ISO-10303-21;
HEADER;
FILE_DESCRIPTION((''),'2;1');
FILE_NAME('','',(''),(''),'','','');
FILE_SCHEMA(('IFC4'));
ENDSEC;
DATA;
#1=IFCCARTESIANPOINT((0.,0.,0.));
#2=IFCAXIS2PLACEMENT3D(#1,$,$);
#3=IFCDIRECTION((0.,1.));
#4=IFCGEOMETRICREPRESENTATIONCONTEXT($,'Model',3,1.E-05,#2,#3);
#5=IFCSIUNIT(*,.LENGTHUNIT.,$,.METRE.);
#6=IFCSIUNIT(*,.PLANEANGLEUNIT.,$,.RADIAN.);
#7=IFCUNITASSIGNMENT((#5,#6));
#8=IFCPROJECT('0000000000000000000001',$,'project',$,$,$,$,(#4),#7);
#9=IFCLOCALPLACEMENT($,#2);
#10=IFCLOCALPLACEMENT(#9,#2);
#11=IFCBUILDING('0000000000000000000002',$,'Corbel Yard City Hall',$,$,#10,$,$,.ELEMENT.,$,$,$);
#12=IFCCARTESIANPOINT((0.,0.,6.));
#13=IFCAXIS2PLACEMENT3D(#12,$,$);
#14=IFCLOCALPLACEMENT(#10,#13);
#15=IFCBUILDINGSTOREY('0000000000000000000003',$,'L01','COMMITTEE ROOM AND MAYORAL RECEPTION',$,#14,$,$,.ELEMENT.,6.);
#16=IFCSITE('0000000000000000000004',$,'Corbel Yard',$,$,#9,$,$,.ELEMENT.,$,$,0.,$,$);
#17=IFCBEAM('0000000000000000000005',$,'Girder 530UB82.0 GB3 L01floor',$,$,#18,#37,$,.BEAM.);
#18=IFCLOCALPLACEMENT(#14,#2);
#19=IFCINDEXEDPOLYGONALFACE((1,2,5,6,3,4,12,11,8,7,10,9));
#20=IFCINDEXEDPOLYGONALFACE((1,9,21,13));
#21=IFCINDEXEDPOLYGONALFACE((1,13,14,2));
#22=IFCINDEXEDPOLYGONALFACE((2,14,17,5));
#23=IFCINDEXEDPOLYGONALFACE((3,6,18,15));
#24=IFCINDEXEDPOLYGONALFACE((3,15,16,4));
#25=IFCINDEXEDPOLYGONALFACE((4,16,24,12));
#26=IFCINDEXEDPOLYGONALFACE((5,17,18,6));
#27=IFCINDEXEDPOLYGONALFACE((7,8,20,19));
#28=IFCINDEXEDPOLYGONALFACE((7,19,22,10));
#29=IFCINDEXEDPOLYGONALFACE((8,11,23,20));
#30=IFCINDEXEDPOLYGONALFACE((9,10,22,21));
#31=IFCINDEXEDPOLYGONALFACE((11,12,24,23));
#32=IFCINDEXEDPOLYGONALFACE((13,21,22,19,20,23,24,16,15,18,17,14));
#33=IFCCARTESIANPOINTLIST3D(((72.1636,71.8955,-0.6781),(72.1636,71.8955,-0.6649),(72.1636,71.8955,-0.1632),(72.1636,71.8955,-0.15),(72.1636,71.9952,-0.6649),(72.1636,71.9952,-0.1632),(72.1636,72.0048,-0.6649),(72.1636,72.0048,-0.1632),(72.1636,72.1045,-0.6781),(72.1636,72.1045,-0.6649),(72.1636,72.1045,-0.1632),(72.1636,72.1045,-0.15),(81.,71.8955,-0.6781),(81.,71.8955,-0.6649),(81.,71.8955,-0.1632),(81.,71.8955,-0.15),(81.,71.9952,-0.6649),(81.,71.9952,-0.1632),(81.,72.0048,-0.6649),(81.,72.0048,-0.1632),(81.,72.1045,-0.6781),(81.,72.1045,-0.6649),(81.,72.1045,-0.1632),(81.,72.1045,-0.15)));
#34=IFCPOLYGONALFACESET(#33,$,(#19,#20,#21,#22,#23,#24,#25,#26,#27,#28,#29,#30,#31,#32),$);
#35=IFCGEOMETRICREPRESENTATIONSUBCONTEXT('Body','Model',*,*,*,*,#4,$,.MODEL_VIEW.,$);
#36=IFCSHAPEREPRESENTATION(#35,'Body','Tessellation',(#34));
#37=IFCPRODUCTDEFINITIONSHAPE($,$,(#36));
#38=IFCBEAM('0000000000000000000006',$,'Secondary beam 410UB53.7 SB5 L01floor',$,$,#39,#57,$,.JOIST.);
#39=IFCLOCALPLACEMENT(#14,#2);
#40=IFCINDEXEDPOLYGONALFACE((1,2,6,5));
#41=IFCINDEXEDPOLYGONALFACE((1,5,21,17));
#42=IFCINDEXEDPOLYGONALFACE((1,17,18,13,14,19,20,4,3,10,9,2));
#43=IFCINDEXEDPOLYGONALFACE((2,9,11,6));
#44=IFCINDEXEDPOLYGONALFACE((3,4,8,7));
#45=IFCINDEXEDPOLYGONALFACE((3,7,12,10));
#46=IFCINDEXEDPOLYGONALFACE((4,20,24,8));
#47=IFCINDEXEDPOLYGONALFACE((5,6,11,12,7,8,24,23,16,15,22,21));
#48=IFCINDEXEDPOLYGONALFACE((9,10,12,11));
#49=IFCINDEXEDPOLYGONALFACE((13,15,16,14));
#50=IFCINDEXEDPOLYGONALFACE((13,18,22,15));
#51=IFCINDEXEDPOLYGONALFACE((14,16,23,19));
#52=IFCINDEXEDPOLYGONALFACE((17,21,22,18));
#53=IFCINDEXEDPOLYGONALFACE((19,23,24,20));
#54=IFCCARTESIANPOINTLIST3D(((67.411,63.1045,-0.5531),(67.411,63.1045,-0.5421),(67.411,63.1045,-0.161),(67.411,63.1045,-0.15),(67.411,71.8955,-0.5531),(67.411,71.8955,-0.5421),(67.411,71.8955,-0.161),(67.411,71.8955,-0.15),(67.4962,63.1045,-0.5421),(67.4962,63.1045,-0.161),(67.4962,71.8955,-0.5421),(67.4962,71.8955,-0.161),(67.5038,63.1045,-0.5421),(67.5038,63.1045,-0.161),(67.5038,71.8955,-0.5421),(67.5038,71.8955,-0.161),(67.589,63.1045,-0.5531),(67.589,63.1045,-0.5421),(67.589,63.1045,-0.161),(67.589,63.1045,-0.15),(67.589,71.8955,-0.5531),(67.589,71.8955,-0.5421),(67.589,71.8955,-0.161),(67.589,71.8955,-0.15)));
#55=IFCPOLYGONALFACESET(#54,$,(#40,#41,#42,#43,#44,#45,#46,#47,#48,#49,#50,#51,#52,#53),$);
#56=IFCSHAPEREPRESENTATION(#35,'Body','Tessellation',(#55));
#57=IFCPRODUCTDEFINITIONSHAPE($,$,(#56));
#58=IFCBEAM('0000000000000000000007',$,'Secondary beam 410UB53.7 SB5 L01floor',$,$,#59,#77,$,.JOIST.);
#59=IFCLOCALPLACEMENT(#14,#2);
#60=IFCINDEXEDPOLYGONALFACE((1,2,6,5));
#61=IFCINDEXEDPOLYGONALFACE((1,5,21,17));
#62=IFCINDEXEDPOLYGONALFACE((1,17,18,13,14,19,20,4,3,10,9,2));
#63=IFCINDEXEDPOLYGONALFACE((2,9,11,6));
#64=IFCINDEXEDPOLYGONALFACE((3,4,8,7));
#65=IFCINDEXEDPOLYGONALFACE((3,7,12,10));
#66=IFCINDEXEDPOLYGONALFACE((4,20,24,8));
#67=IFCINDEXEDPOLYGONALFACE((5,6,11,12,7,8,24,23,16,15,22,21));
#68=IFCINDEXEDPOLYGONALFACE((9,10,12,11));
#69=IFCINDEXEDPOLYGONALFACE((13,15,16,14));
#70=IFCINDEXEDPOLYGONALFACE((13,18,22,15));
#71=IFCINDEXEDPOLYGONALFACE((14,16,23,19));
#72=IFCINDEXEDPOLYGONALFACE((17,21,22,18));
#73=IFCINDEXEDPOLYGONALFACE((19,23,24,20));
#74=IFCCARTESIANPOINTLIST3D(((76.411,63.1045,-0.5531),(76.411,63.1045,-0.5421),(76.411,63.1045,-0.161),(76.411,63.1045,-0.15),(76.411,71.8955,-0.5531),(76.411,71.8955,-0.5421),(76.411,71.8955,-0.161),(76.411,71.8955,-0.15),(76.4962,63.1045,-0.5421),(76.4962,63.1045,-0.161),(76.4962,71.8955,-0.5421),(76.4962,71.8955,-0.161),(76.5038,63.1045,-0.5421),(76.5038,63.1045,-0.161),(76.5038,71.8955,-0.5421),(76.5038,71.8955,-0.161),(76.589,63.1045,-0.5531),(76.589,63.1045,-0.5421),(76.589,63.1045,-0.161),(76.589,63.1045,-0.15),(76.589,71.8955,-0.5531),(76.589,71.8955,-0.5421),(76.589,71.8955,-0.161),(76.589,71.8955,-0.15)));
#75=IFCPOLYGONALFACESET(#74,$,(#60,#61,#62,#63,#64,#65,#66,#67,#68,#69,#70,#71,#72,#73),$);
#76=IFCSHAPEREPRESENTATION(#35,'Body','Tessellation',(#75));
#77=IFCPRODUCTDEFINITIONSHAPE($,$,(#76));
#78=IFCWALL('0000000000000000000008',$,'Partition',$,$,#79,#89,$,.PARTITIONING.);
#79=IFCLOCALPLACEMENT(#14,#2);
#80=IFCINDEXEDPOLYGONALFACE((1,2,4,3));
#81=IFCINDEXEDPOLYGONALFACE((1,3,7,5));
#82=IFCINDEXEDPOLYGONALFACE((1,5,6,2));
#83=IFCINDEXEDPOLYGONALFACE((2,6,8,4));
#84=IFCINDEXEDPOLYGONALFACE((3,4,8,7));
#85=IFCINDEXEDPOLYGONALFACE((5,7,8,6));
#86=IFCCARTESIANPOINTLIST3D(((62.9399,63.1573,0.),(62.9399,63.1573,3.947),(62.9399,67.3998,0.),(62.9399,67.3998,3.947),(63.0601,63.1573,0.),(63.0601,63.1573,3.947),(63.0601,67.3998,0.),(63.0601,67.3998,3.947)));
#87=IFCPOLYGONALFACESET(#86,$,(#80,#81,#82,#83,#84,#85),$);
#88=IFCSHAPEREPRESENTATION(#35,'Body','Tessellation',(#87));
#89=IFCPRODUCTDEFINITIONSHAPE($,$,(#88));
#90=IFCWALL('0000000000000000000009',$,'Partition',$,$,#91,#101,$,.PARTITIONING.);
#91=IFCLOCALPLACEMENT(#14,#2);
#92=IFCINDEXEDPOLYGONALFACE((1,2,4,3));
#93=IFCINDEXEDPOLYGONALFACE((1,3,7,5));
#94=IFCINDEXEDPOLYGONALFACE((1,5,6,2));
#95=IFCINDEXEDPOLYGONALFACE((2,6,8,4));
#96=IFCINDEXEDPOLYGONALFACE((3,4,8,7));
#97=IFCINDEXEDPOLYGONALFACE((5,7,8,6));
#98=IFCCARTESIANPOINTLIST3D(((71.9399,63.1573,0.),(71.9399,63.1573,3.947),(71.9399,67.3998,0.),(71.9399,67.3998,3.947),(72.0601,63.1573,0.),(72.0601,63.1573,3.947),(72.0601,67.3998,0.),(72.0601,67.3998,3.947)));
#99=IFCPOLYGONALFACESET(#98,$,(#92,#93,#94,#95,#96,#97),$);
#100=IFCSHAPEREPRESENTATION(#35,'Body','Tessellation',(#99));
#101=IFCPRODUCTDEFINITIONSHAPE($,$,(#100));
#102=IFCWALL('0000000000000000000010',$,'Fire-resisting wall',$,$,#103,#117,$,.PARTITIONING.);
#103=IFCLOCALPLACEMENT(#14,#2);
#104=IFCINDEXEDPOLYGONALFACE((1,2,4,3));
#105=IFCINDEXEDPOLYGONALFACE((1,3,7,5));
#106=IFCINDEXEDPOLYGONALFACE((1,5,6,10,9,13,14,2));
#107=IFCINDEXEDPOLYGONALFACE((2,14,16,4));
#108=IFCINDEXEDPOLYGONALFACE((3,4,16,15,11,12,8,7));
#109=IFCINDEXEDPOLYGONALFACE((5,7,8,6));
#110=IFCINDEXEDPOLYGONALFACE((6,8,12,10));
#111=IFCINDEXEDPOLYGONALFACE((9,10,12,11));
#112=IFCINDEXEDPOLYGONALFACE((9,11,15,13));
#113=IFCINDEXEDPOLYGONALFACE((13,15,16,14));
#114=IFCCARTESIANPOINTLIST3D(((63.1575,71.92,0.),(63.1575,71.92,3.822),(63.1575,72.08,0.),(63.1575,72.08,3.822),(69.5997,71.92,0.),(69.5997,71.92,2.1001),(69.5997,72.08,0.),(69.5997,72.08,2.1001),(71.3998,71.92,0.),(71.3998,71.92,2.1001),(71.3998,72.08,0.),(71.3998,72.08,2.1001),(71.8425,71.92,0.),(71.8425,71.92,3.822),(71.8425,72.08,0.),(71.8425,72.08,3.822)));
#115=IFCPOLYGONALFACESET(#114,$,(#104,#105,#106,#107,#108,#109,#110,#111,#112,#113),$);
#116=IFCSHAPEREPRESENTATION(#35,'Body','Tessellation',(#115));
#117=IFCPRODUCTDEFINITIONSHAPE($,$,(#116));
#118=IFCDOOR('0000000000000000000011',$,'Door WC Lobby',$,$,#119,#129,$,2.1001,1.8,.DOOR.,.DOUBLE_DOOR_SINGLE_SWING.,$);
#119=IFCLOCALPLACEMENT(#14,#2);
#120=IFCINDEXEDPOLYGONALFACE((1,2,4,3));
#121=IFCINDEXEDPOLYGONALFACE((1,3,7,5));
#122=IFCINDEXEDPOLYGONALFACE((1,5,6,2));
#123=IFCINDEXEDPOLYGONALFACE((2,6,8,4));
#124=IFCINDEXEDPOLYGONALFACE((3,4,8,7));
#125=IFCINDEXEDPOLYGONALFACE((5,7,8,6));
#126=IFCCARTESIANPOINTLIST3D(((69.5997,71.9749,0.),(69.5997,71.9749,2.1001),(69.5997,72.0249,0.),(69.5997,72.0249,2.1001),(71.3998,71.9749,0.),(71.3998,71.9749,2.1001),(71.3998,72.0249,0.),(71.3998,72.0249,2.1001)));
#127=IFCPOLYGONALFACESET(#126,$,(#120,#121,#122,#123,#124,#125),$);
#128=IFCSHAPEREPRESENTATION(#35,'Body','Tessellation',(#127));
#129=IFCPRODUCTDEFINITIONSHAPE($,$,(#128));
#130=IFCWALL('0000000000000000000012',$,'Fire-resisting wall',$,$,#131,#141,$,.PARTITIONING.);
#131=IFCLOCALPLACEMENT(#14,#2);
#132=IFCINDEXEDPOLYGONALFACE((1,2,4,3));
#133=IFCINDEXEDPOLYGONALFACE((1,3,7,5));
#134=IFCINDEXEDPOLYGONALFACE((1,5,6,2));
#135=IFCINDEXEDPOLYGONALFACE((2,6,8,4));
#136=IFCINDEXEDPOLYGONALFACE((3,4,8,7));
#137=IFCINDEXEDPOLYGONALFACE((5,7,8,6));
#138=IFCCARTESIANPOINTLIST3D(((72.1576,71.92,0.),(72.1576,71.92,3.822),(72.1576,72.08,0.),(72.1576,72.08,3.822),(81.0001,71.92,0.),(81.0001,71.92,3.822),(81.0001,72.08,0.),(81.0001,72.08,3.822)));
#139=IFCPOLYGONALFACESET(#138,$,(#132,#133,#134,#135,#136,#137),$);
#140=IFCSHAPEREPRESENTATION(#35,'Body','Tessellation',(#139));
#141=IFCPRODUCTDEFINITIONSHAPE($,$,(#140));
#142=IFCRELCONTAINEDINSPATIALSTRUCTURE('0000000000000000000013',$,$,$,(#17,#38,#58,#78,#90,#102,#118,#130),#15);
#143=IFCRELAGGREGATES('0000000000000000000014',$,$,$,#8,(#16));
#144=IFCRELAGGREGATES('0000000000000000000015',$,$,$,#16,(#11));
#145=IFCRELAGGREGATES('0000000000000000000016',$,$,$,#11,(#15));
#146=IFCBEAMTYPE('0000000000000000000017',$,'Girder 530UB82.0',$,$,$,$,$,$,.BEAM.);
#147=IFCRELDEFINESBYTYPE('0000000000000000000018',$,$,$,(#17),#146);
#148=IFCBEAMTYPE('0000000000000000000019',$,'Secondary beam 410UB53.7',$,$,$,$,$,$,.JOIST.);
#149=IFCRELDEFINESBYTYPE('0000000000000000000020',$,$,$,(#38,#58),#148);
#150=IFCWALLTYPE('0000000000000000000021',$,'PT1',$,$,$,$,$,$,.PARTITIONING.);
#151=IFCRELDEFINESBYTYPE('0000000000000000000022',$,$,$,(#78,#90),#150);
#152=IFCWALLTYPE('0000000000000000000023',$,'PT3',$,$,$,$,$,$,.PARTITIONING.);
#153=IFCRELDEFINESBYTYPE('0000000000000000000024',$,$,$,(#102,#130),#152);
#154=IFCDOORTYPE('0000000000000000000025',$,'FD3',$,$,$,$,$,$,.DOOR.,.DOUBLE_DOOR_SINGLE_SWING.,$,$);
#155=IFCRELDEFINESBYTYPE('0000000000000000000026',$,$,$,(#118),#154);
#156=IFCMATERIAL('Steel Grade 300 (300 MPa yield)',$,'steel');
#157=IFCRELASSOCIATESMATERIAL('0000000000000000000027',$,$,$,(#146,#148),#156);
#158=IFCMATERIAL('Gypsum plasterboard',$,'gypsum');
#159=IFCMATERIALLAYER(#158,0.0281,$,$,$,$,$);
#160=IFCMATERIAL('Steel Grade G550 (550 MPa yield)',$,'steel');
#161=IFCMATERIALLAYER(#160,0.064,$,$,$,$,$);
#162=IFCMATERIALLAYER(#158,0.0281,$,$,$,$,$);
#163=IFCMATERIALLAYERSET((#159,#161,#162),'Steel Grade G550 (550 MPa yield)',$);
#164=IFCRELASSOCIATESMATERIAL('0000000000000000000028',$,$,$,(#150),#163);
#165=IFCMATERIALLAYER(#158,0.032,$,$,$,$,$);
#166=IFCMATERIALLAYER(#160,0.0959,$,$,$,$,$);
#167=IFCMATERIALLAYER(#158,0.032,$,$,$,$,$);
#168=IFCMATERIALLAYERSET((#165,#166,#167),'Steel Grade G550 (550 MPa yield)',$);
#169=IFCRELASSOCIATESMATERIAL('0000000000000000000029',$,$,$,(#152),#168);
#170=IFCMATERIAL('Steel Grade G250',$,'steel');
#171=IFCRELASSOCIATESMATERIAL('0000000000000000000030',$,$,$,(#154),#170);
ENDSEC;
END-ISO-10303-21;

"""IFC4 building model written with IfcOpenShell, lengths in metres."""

from ifc_helpers import new_model, si_unit, direction, frame, frame_2d, origin, origin_2d, place, context, subcontext, project, spatial, rectangle, i_section, extrude, material, layer, layer_set, material_profile, profile_set, type_object, element, fill, save


model = new_model("IFC4")

# Units and contexts
model_context = context("Model", 3, precision=1e-05, world=origin(), true_north=direction((0.0, 1.0)))
body_context = subcontext(model_context, "Body", "Model", "MODEL_VIEW")
ifc_project = project(units=[si_unit("LENGTHUNIT", "METRE"), si_unit("PLANEANGLEUNIT", "RADIAN")], contexts=[model_context])

# Site, building, storey
site_placement = place(None, origin())
site = spatial("IfcSite", under=ifc_project, at=site_placement, Name="Corbel Yard", CompositionType="ELEMENT", RefElevation=0.0)
building_placement = place(site_placement, origin())
building = spatial("IfcBuilding", under=site, at=building_placement, Name="Corbel Yard City Hall", CompositionType="ELEMENT")
storey_placement = place(building_placement, frame((0.0, 0.0, 6.0)))
storey = spatial("IfcBuildingStorey", under=building, at=storey_placement, Name="L01", Description="COMMITTEE ROOM AND MAYORAL RECEPTION", CompositionType="ELEMENT", Elevation=6.0)

# Shared definitions
ifc_material_1 = material(Name="Steel Grade 300 (300 MPa yield)", Category="steel")

# Beams
ifc_material_profile_1 = material_profile(ifc_material_1, i_section(OverallWidth=0.209, OverallDepth=0.5281, WebThickness=0.0095, FlangeThickness=0.0132, at=origin_2d()), Name="530UB82.0")
ifc_profile_set_1 = profile_set([ifc_material_profile_1], Name="Steel Grade 300 (300 MPa yield)")
beam_type_1 = type_object("IfcBeamType", Name="Girder 530UB82.0", PredefinedType="BEAM", material=ifc_profile_set_1)
beam_1_placement = place(storey_placement, frame((72.1636, 72.0, -0.4141), z_axis=(1.0, 0.0, 0.0), x_axis=(0.0, 1.0, 0.0)))
element("IfcBeam", 1, at=beam_1_placement, inside=storey, type_object=beam_type_1, Name="Girder 530UB82.0 GB3 L01floor", PredefinedType="BEAM", context=body_context, shape_type="SweptSolid", body=[
    extrude(i_section(OverallWidth=0.209, OverallDepth=0.5281, WebThickness=0.0095, FlangeThickness=0.0132, at=origin_2d()), origin(), (0.0, 0.0, 1.0), 8.8364),
])
ifc_material_profile_2 = material_profile(ifc_material_1, i_section(OverallWidth=0.178, OverallDepth=0.4031, WebThickness=0.0076, FlangeThickness=0.011, at=origin_2d()), Name="410UB53.7")
ifc_profile_set_2 = profile_set([ifc_material_profile_2], Name="Steel Grade 300 (300 MPa yield)")
beam_type_2 = type_object("IfcBeamType", Name="Secondary beam 410UB53.7", PredefinedType="JOIST", material=ifc_profile_set_2)
for number, where, z_axis, x_axis, name in (
    (2, (67.5, 63.1045, -0.3516), (0.0, 1.0, 0.0), (-1.0, 0.0, 0.0), "Secondary beam 410UB53.7 SB5 L01floor"),
    (3, (76.5, 63.1045, -0.3516), (0.0, 1.0, 0.0), (-1.0, 0.0, 0.0), "Secondary beam 410UB53.7 SB5 L01floor"),
):
    element("IfcBeam", number, at=place(storey_placement, frame(where, z_axis=z_axis, x_axis=x_axis)), inside=storey, type_object=beam_type_2, Name=name, PredefinedType="JOIST", context=body_context, shape_type="SweptSolid", body=[
        extrude(i_section(OverallWidth=0.178, OverallDepth=0.4031, WebThickness=0.0076, FlangeThickness=0.011, at=origin_2d()), origin(), (0.0, 0.0, 1.0), 8.791),
    ])

# Walls
ifc_material_2 = material(Name="Gypsum plasterboard", Category="gypsum")
ifc_layer_1 = layer(ifc_material_2, 0.0281)
ifc_material_3 = material(Name="Steel Grade G550 (550 MPa yield)", Category="steel")
ifc_layer_2 = layer(ifc_material_3, 0.064)
ifc_layer_3 = layer(ifc_material_2, 0.0281)
ifc_layer_set_1 = layer_set([ifc_layer_1, ifc_layer_2, ifc_layer_3], Name="Steel Grade G550 (550 MPa yield)")
wall_type_1 = type_object("IfcWallType", Name="PT1", PredefinedType="PARTITIONING", material=ifc_layer_set_1)
for number, where, z_axis, x_axis, name in (
    (4, (63.0, 63.1575, 0.0), (0.0, 0.0, 1.0), (0.0, 1.0, 0.0), "Partition"),
    (5, (72.0, 63.1575, 0.0), (0.0, 0.0, 1.0), (0.0, 1.0, 0.0), "Partition"),
):
    element("IfcWall", number, at=place(storey_placement, frame(where, z_axis=z_axis, x_axis=x_axis)), inside=storey, type_object=wall_type_1, Name=name, PredefinedType="PARTITIONING", context=body_context, shape_type="SweptSolid", body=[
        extrude(rectangle(XDim=4.2424, YDim=0.1201, at=frame_2d((2.1211, 0.0))), origin(), (0.0, 0.0, 1.0), 3.947),
    ])

# Wall, opening, door
ifc_layer_4 = layer(ifc_material_2, 0.032)
ifc_layer_5 = layer(ifc_material_3, 0.0959)
ifc_layer_6 = layer(ifc_material_2, 0.032)
ifc_layer_set_2 = layer_set([ifc_layer_4, ifc_layer_5, ifc_layer_6], Name="Steel Grade G550 (550 MPa yield)")
wall_type_2 = type_object("IfcWallType", Name="PT3", PredefinedType="PARTITIONING", material=ifc_layer_set_2)
wall_1_placement = place(storey_placement, frame((63.1575, 72.0, 0.0), z_axis=(0.0, 0.0, 1.0), x_axis=(1.0, 0.0, 0.0)))
wall_1 = element("IfcWall", 6, at=wall_1_placement, inside=storey, type_object=wall_type_2, Name="Fire-resisting wall", PredefinedType="PARTITIONING", context=body_context, shape_type="SweptSolid", body=[
    extrude(rectangle(XDim=8.6851, YDim=0.1599, at=frame_2d((4.3425, 0.0))), origin(), (0.0, 0.0, 1.0), 3.822),
])
opening_placement = place(wall_1_placement, frame((6.4424, 0.0, 0.0)))
opening = element("IfcOpeningElement", 7, at=opening_placement, cuts=wall_1, PredefinedType="OPENING", context=body_context, shape_type="SweptSolid", body=[
    extrude(rectangle(XDim=1.8, YDim=2.1001, at=frame_2d((0.8999, 1.05))), frame((0.0, 0.0898, 0.0), z_axis=(0.0, -1.0, 0.0), x_axis=(1.0, 0.0, 0.0)), (0.0, 0.0, 1.0), 0.1799),
])
ifc_material_4 = material(Name="Steel Grade G250", Category="steel")
door_type = type_object("IfcDoorType", Name="FD3", OperationType="DOUBLE_DOOR_SINGLE_SWING", PredefinedType="DOOR", material=ifc_material_4)
door_placement = place(opening_placement, origin())
door = element("IfcDoor", 8, at=door_placement, inside=storey, type_object=door_type, Name="Door WC Lobby", OperationType="DOUBLE_DOOR_SINGLE_SWING", OverallHeight=2.1001, OverallWidth=1.8, PredefinedType="DOOR", context=body_context, shape_type="SweptSolid", body=[
    extrude(rectangle(XDim=1.8, YDim=2.1001, at=frame_2d((0.8999, 1.05))), frame((0.0, 0.0249, 0.0), z_axis=(0.0, -1.0, 0.0), x_axis=(1.0, 0.0, 0.0)), (0.0, 0.0, 1.0), 0.05),
])
fill(opening, door)

# Wall
wall_2_placement = place(storey_placement, frame((72.1575, 72.0, 0.0), z_axis=(0.0, 0.0, 1.0), x_axis=(1.0, 0.0, 0.0)))
element("IfcWall", 9, at=wall_2_placement, inside=storey, type_object=wall_type_2, Name="Fire-resisting wall", PredefinedType="PARTITIONING", context=body_context, shape_type="SweptSolid", body=[
    extrude(rectangle(XDim=8.8425, YDim=0.1599, at=frame_2d((4.4214, 0.0))), origin(), (0.0, 0.0, 1.0), 3.822),
])

save(model, "model.ifc")
